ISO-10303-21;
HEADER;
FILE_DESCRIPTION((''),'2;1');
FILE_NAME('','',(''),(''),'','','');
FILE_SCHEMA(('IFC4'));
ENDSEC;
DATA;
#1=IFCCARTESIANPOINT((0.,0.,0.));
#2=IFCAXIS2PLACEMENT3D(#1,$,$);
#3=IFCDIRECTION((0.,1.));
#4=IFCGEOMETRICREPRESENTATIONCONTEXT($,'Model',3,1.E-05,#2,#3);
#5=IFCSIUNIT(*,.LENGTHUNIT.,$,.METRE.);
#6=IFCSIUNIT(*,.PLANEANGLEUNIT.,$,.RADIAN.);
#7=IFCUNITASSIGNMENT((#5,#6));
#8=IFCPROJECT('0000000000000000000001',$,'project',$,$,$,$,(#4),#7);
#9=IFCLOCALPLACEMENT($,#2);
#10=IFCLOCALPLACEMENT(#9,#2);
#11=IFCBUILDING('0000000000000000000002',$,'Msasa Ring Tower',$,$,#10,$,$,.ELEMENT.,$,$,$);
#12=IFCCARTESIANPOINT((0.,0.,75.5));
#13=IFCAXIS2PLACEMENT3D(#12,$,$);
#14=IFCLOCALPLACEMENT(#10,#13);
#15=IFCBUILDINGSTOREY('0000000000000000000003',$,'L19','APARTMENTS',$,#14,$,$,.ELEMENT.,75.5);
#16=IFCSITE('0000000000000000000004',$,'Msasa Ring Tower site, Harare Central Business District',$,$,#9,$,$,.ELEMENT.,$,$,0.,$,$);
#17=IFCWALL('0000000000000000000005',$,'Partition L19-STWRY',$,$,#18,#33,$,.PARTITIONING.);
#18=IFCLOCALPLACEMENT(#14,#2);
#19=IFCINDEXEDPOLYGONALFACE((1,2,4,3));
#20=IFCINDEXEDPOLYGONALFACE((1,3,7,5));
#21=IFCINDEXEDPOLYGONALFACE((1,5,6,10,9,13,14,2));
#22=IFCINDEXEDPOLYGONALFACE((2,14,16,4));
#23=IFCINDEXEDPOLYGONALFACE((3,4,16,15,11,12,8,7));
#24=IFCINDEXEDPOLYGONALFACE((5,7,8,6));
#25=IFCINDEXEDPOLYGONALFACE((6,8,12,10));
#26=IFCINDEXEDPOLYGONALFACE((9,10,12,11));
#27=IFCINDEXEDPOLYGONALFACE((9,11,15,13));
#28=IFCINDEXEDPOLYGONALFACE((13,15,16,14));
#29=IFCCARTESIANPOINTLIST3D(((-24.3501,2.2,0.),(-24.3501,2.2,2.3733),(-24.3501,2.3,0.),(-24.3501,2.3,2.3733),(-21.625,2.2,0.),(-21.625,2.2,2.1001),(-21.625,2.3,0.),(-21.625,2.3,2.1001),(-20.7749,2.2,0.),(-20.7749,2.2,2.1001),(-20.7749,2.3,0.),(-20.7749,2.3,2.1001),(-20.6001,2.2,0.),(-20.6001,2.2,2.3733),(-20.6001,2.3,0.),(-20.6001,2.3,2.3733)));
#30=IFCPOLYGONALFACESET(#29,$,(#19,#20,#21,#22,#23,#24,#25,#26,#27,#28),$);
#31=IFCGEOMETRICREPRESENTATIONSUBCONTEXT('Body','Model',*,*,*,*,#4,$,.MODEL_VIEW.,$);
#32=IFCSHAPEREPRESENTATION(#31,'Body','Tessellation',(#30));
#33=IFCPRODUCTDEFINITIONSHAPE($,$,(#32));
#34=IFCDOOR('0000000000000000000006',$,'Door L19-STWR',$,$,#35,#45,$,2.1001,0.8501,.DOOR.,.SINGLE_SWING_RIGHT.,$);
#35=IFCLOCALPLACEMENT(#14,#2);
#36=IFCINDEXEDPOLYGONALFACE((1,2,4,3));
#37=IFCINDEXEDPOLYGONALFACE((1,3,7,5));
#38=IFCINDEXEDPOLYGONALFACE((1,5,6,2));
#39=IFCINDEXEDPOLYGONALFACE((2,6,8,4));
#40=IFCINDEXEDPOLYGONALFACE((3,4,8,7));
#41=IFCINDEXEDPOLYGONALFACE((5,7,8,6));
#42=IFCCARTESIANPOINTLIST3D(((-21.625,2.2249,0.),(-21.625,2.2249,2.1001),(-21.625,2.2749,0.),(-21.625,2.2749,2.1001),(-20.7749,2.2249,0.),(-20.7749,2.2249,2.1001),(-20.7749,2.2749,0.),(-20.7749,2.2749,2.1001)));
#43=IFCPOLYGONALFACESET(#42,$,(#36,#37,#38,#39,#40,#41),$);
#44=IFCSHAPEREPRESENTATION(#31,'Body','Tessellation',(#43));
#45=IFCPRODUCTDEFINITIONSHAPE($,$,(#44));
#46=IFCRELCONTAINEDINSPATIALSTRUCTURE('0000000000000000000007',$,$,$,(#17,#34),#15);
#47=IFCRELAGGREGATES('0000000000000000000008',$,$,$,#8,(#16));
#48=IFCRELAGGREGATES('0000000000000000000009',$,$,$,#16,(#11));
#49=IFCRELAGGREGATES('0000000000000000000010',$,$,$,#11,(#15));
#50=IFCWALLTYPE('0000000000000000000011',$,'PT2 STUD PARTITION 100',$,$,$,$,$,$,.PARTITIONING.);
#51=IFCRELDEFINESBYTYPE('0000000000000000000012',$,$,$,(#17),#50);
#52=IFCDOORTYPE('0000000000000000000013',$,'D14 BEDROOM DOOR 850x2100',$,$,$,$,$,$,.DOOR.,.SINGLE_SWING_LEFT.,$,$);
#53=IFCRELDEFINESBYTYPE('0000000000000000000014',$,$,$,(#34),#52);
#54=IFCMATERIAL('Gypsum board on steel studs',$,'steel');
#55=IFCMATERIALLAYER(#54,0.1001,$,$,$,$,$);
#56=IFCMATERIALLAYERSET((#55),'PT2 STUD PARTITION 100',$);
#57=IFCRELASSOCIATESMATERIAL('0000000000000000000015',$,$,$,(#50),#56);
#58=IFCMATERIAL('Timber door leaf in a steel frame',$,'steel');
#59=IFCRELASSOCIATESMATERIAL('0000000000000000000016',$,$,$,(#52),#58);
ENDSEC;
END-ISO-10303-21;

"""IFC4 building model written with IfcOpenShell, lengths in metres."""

from ifc_helpers import new_model, si_unit, direction, frame, frame_2d, origin, place, context, subcontext, project, spatial, rectangle, extrude, material, layer, layer_set, type_object, element, fill, save


model = new_model("IFC4")

# Units and contexts
model_context = context("Model", 3, precision=1e-05, world=origin(), true_north=direction((0.0, 1.0)))
body_context = subcontext(model_context, "Body", "Model", "MODEL_VIEW")
ifc_project = project(units=[si_unit("LENGTHUNIT", "METRE"), si_unit("PLANEANGLEUNIT", "RADIAN")], contexts=[model_context])

# Site, building, storey
site_placement = place(None, origin())
site = spatial("IfcSite", under=ifc_project, at=site_placement, Name="Msasa Ring Tower site, Harare Central Business District", CompositionType="ELEMENT", RefElevation=0.0)
building_placement = place(site_placement, origin())
building = spatial("IfcBuilding", under=site, at=building_placement, Name="Msasa Ring Tower", CompositionType="ELEMENT")
storey_placement = place(building_placement, frame((0.0, 0.0, 75.5)))
storey = spatial("IfcBuildingStorey", under=building, at=storey_placement, Name="L19", Description="APARTMENTS", CompositionType="ELEMENT", Elevation=75.5)

# Wall, opening, door
ifc_material_1 = material(Name="Gypsum board on steel studs", Category="steel")
ifc_layer_1 = layer(ifc_material_1, 0.1001)
ifc_layer_set_1 = layer_set([ifc_layer_1], Name="PT2 STUD PARTITION 100")
wall_type_1 = type_object("IfcWallType", Name="PT2 STUD PARTITION 100", PredefinedType="PARTITIONING", material=ifc_layer_set_1)
wall_1_placement = place(storey_placement, frame((-24.3501, 2.25, 0.0), z_axis=(0.0, 0.0, 1.0), x_axis=(1.0, 0.0, 0.0)))
wall_1 = element("IfcWall", 1, at=wall_1_placement, inside=storey, type_object=wall_type_1, Name="Partition L19-STWRY", PredefinedType="PARTITIONING", context=body_context, shape_type="SweptSolid", body=[
    extrude(rectangle(XDim=3.75, YDim=0.1001, at=frame_2d((1.875, 0.0))), origin(), (0.0, 0.0, 1.0), 2.3733),
])
opening_1_placement = place(wall_1_placement, frame((2.7251, 0.0, 0.0)))
opening_1 = element("IfcOpeningElement", 2, at=opening_1_placement, cuts=wall_1, PredefinedType="OPENING", context=body_context, shape_type="SweptSolid", body=[
    extrude(rectangle(XDim=0.8501, YDim=2.1001, at=frame_2d((0.425, 1.05))), frame((0.0, 0.0601, 0.0), z_axis=(0.0, -1.0, 0.0), x_axis=(1.0, 0.0, 0.0)), (0.0, 0.0, 1.0), 0.1201),
])
ifc_material_2 = material(Name="Timber door leaf in a steel frame", Category="steel")
door_type = type_object("IfcDoorType", Name="D14 BEDROOM DOOR 850x2100", OperationType="SINGLE_SWING_LEFT", PredefinedType="DOOR", material=ifc_material_2)
door_placement = place(opening_1_placement, origin())
door = element("IfcDoor", 3, at=door_placement, inside=storey, type_object=door_type, Name="Door L19-STWR", OperationType="SINGLE_SWING_RIGHT", OverallHeight=2.1001, OverallWidth=0.8501, PredefinedType="DOOR", context=body_context, shape_type="SweptSolid", body=[
    extrude(rectangle(XDim=0.8501, YDim=2.1001, at=frame_2d((0.425, 1.05))), frame((0.0, 0.0249, 0.0), z_axis=(0.0, -1.0, 0.0), x_axis=(1.0, 0.0, 0.0)), (0.0, 0.0, 1.0), 0.05),
])
fill(opening_1, door)

save(model, "model.ifc")
